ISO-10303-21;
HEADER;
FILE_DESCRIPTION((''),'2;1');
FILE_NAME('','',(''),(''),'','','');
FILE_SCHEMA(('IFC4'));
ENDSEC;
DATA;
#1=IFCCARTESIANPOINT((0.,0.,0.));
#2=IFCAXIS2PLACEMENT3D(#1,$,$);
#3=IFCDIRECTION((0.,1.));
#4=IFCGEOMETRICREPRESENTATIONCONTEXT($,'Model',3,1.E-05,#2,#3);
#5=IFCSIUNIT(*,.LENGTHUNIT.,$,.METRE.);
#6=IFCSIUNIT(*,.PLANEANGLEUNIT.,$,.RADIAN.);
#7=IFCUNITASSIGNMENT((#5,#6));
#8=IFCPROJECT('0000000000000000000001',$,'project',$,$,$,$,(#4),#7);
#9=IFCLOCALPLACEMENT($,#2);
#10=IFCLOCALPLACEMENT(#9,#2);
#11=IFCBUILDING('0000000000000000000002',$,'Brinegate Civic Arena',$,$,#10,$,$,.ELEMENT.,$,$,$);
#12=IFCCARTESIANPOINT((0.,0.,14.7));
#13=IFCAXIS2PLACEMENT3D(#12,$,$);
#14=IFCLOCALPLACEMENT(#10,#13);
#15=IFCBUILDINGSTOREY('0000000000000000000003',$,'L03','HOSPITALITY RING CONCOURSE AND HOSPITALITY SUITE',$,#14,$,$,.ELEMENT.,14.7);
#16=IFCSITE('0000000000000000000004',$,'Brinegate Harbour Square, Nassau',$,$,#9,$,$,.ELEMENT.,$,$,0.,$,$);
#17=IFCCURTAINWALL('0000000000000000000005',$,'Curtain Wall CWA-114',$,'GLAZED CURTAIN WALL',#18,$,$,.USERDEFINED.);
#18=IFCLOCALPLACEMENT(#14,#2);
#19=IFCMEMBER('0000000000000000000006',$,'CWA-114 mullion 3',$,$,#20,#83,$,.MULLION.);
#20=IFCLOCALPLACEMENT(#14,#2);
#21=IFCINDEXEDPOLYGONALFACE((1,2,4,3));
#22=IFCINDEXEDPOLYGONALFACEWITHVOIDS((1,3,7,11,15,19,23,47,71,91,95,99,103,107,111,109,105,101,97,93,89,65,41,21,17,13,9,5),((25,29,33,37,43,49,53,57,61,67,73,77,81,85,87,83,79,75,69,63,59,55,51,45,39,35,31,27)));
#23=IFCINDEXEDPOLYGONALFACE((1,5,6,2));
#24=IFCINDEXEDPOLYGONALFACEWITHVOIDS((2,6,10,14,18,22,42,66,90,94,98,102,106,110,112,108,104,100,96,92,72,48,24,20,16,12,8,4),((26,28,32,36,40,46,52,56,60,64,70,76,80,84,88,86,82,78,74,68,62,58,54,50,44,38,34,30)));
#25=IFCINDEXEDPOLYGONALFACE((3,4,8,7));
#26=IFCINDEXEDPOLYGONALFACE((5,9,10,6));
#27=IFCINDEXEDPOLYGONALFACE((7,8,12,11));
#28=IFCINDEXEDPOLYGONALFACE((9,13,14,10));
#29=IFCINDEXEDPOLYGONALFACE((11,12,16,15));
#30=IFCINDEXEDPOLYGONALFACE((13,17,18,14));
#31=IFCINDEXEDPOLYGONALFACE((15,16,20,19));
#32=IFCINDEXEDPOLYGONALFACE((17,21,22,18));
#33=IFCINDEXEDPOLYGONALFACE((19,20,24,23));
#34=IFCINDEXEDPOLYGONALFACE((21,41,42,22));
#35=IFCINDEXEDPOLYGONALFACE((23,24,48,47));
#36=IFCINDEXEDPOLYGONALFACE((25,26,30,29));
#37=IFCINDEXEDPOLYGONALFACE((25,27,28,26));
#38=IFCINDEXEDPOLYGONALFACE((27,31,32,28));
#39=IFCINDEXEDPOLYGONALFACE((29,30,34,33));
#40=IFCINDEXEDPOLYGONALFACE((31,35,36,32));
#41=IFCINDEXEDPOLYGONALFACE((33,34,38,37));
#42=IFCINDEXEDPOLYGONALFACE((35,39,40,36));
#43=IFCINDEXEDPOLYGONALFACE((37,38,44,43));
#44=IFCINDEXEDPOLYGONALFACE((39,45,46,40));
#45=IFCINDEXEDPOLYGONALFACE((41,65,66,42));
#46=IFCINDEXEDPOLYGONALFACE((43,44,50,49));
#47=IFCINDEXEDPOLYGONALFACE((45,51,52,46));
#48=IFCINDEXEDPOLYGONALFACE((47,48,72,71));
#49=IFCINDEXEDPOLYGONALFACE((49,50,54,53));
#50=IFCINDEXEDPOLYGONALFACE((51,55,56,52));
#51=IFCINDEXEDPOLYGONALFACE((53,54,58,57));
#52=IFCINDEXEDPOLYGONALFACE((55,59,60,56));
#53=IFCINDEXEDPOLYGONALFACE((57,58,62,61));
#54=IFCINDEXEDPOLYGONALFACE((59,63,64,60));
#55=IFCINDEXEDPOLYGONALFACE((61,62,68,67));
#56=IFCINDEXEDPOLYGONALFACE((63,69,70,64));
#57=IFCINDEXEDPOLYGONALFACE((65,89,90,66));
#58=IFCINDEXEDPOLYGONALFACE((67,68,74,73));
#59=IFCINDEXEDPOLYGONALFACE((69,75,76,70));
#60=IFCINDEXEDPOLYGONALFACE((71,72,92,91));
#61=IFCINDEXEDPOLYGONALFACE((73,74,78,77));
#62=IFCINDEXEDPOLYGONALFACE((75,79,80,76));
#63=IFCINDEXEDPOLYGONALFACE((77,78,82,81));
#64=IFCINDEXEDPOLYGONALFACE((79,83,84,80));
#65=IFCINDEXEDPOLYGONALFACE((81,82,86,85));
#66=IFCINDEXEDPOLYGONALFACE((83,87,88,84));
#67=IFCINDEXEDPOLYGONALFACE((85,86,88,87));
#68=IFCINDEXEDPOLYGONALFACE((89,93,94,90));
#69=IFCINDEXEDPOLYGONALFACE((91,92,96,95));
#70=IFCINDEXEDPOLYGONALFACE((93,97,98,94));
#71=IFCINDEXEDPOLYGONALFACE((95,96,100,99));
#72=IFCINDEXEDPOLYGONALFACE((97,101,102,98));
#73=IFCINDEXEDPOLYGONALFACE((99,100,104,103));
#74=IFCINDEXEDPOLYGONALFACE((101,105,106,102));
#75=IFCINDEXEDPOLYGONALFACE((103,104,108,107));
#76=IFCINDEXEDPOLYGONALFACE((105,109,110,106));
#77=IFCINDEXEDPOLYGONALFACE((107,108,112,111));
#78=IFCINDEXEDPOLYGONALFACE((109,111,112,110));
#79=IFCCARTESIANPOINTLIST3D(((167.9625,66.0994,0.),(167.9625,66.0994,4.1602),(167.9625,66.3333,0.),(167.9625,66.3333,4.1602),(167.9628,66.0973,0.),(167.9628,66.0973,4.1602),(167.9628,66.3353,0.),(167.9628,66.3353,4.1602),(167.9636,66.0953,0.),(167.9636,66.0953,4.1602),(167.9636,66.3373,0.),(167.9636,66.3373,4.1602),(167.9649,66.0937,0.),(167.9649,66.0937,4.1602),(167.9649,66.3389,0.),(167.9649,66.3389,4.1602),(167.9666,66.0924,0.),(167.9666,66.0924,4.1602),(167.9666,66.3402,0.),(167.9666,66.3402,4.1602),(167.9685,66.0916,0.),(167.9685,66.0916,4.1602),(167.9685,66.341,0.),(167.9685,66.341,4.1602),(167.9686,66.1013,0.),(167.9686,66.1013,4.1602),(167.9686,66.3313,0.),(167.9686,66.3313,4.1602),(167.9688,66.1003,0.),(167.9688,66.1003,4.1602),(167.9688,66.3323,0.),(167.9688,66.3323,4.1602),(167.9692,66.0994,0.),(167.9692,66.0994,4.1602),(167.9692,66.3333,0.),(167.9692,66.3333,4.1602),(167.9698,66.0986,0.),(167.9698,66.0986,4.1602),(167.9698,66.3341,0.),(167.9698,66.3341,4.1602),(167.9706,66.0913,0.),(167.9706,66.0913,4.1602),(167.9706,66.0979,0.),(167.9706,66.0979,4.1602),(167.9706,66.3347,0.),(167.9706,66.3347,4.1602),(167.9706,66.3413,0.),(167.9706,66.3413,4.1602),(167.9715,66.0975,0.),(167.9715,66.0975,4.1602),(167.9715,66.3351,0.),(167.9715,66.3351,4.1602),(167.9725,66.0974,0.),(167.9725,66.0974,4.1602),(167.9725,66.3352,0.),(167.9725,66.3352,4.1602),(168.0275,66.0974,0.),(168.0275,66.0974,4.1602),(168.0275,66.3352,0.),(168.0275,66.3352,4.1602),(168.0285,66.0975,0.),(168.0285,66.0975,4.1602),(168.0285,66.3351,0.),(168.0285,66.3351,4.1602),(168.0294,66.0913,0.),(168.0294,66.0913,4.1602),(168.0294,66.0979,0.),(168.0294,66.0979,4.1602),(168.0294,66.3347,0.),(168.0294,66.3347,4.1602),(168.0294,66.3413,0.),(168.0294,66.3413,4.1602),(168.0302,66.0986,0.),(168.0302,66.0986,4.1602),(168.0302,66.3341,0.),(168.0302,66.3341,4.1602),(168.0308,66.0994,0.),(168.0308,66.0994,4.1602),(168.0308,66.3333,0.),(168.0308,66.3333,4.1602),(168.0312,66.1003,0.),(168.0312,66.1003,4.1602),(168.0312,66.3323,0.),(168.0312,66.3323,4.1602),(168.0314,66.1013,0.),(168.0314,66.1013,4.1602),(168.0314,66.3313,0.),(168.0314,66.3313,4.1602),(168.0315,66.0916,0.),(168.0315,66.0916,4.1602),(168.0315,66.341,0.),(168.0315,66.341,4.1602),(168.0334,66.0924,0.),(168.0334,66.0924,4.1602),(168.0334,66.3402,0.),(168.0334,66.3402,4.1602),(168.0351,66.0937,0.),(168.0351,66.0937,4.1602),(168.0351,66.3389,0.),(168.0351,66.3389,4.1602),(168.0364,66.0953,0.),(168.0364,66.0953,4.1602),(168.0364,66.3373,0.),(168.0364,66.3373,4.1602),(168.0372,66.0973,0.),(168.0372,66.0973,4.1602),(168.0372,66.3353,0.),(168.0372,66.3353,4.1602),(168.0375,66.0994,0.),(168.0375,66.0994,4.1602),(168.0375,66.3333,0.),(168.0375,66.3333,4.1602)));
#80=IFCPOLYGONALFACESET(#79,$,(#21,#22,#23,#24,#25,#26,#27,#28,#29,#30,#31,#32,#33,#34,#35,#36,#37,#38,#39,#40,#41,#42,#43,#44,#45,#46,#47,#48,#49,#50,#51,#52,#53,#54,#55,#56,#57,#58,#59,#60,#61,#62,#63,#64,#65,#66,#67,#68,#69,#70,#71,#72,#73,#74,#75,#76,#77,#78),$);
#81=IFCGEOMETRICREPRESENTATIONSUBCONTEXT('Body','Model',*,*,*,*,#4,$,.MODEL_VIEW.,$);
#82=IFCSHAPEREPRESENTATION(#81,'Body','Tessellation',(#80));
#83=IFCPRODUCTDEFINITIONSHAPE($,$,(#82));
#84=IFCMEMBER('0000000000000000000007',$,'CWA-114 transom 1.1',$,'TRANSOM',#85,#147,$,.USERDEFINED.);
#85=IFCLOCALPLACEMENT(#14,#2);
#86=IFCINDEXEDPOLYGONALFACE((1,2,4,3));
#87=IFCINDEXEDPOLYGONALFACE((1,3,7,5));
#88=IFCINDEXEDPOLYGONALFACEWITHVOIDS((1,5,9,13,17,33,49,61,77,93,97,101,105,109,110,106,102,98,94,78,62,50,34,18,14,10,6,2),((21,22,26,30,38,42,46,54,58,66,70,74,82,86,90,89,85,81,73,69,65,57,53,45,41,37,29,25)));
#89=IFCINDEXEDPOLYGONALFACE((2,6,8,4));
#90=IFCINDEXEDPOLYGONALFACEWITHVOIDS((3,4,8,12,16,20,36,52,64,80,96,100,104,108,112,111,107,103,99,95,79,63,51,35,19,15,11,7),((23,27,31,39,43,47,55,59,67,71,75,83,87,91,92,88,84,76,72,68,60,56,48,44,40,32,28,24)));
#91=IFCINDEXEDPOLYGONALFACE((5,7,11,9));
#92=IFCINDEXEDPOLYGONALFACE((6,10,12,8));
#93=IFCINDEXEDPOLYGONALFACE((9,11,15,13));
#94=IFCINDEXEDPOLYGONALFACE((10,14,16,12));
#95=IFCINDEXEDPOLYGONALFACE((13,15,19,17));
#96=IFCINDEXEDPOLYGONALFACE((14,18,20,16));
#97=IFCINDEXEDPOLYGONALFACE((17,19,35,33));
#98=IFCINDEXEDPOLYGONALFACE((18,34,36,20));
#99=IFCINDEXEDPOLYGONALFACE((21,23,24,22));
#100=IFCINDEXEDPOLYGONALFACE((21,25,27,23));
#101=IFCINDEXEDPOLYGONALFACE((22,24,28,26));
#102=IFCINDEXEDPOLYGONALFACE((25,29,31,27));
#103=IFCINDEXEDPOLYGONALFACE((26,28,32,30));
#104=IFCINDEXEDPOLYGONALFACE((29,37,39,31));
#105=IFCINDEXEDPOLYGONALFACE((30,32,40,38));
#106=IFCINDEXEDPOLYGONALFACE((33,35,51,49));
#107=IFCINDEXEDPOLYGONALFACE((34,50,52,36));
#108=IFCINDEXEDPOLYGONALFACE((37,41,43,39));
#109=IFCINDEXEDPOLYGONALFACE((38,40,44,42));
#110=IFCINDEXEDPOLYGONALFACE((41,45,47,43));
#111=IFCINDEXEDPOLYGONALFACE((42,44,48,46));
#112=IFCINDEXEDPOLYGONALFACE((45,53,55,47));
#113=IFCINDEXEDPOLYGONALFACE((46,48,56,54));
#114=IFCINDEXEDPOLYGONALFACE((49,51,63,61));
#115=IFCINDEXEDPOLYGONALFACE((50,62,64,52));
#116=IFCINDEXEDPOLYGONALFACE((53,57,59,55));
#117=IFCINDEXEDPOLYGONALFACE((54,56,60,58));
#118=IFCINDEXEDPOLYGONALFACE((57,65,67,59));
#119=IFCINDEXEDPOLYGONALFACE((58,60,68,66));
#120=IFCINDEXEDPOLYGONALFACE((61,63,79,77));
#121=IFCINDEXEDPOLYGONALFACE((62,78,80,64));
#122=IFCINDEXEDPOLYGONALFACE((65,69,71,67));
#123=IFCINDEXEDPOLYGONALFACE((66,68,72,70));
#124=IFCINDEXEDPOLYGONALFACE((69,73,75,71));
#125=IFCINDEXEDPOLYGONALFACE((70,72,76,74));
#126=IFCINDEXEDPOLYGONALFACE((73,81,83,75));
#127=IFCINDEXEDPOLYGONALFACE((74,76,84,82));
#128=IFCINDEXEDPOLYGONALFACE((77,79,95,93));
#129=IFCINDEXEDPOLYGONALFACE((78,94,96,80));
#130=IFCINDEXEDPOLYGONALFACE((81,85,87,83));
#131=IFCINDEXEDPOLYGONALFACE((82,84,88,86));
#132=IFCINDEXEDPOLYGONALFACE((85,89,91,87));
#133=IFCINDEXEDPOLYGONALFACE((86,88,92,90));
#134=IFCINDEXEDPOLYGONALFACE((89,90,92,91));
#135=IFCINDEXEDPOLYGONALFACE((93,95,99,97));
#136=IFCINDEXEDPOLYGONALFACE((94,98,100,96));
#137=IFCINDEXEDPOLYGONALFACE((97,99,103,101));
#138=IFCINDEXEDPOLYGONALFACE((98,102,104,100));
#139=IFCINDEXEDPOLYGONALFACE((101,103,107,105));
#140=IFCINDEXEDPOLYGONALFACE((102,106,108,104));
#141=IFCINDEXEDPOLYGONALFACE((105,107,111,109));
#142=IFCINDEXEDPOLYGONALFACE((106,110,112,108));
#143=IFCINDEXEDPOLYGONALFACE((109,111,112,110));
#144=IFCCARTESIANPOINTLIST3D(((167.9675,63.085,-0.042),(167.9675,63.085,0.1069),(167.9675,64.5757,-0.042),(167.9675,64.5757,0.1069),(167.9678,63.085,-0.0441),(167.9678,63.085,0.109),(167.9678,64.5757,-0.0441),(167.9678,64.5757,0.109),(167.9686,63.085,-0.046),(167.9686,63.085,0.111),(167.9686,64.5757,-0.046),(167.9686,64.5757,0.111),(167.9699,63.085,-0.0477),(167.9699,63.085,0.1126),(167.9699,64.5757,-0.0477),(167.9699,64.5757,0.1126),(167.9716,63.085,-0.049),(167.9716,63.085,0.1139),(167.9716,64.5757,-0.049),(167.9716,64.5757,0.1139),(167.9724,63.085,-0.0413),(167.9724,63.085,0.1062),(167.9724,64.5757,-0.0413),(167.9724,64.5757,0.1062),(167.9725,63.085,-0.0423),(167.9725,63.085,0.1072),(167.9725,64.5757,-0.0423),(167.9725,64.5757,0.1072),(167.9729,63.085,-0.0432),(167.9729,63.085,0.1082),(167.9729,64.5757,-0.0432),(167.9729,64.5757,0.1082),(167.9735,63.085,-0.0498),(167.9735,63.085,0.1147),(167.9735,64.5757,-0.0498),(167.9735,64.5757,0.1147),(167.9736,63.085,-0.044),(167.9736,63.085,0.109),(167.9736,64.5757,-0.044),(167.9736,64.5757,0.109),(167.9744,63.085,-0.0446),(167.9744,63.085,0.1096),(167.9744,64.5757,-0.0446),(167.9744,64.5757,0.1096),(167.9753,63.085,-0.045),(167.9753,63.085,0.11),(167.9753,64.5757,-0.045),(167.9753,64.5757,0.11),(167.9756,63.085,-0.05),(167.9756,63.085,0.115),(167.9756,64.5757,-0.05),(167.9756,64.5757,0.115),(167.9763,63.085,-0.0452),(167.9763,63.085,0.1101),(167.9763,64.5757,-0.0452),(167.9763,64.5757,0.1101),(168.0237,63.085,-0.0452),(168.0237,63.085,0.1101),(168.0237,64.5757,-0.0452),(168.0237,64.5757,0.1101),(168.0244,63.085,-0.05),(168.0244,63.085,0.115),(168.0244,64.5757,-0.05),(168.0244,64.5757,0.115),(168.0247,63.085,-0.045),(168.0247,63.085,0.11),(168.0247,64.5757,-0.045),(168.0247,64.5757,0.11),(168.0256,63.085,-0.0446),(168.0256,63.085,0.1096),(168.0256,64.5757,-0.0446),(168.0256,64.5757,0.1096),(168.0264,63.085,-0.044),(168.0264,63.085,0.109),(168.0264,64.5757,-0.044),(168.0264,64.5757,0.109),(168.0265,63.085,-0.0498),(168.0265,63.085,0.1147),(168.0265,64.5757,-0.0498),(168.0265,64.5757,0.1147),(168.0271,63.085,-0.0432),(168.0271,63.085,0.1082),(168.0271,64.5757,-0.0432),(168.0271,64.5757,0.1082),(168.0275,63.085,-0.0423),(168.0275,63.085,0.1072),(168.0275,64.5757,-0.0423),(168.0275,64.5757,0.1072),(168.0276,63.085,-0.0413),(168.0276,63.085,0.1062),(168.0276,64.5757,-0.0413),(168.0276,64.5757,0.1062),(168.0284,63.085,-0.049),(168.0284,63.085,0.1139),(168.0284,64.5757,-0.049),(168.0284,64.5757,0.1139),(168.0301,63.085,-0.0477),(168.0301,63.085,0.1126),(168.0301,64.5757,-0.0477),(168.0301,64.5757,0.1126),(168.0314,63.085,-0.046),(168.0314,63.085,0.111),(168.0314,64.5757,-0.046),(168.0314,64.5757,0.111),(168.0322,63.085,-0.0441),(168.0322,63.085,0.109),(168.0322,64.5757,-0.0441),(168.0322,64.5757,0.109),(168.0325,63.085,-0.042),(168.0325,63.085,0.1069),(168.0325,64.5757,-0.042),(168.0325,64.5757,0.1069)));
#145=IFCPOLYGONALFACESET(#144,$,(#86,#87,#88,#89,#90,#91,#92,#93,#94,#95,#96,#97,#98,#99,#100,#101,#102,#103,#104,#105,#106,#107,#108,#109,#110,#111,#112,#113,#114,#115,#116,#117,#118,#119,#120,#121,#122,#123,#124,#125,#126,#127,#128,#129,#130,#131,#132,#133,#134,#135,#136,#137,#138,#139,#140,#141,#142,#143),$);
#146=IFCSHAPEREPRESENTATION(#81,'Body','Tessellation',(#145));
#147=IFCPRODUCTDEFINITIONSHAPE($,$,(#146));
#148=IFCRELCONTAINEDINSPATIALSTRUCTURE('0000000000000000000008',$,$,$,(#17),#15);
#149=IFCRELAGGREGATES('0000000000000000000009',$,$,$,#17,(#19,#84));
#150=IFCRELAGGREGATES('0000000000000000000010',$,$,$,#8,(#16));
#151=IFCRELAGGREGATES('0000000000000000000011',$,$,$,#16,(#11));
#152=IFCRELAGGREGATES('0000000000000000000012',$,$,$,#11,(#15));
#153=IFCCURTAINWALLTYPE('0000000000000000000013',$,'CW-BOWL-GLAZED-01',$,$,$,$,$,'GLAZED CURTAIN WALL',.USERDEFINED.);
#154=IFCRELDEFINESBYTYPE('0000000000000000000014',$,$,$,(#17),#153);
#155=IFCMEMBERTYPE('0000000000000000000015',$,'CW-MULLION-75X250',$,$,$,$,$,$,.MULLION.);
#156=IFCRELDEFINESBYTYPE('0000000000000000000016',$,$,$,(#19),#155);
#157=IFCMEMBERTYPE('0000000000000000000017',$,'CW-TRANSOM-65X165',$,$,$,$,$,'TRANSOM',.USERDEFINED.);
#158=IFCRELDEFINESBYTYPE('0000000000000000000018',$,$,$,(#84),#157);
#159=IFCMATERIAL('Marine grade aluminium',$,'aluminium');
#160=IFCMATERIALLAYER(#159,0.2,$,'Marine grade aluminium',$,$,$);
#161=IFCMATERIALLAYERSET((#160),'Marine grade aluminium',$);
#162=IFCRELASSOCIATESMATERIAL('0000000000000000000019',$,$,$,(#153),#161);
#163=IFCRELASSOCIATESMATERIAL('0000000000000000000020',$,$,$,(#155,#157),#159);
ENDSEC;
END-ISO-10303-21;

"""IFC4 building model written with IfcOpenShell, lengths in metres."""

from ifc_helpers import new_model, si_unit, direction, frame, origin, origin_2d, place, context, subcontext, project, spatial, hollow_rectangle, extrude, material, layer, layer_set, material_profile, profile_set, type_object, element, aggregate, save


model = new_model("IFC4")

# Units and contexts
model_context = context("Model", 3, precision=1e-05, world=origin(), true_north=direction((0.0, 1.0)))
body_context = subcontext(model_context, "Body", "Model", "MODEL_VIEW")
ifc_project = project(units=[si_unit("LENGTHUNIT", "METRE"), si_unit("PLANEANGLEUNIT", "RADIAN")], contexts=[model_context])

# Site, building, storey
site_placement = place(None, origin())
site = spatial("IfcSite", under=ifc_project, at=site_placement, Name="Brinegate Harbour Square, Nassau", CompositionType="ELEMENT", RefElevation=0.0)
building_placement = place(site_placement, origin())
building = spatial("IfcBuilding", under=site, at=building_placement, Name="Brinegate Civic Arena", CompositionType="ELEMENT")
storey_placement = place(building_placement, frame((0.0, 0.0, 14.7)))
storey = spatial("IfcBuildingStorey", under=building, at=storey_placement, Name="L03", Description="HOSPITALITY RING CONCOURSE AND HOSPITALITY SUITE", CompositionType="ELEMENT", Elevation=14.7)

# Curtain wall, members
ifc_material_1 = material(Name="Marine grade aluminium", Category="aluminium")
ifc_layer_1 = layer(ifc_material_1, 0.2, Name="Marine grade aluminium")
ifc_layer_set_1 = layer_set([ifc_layer_1], Name="Marine grade aluminium")
curtain_wall_type = type_object("IfcCurtainWallType", Name="CW-BOWL-GLAZED-01", ElementType="GLAZED CURTAIN WALL", PredefinedType="USERDEFINED", material=ifc_layer_set_1)
curtain_wall_placement = place(storey_placement, origin())
curtain_wall = element("IfcCurtainWall", 1, at=curtain_wall_placement, inside=storey, type_object=curtain_wall_type, Name="Curtain Wall CWA-114", ObjectType="GLAZED CURTAIN WALL", PredefinedType="USERDEFINED")
ifc_material_profile_1 = material_profile(ifc_material_1, hollow_rectangle(XDim=0.075, YDim=0.25, WallThickness=0.0061, InnerFilletRadius=0.0039, OuterFilletRadius=0.0081, at=origin_2d()), Name="MUL75X250")
ifc_profile_set_1 = profile_set([ifc_material_profile_1], Name="Marine grade aluminium")
member_type_1 = type_object("IfcMemberType", Name="CW-MULLION-75X250", PredefinedType="MULLION", material=ifc_profile_set_1)
member_1_placement = place(storey_placement, frame((168.0, 66.2163, 0.0), z_axis=(0.0, 0.0, 1.0), x_axis=(-1.0, 0.0, 0.0)))
member_1 = element("IfcMember", 2, at=member_1_placement, type_object=member_type_1, Name="CWA-114 mullion 3", PredefinedType="MULLION", context=body_context, shape_type="SweptSolid", body=[
    extrude(hollow_rectangle(XDim=0.075, YDim=0.25, WallThickness=0.0061, InnerFilletRadius=0.0039, OuterFilletRadius=0.0081, at=origin_2d()), origin(), (0.0, 0.0, 1.0), 4.1602),
])
ifc_material_profile_2 = material_profile(ifc_material_1, hollow_rectangle(XDim=0.0649, YDim=0.165, WallThickness=0.0049, InnerFilletRadius=0.0039, OuterFilletRadius=0.0081, at=origin_2d()), Name="TRN65X165")
ifc_profile_set_2 = profile_set([ifc_material_profile_2], Name="Marine grade aluminium")
member_type_2 = type_object("IfcMemberType", Name="CW-TRANSOM-65X165", ElementType="TRANSOM", PredefinedType="USERDEFINED", material=ifc_profile_set_2)
member_2_placement = place(storey_placement, frame((168.0, 63.085, 0.0325), z_axis=(0.0, 1.0, 0.0), x_axis=(-1.0, 0.0, 0.0)))
member_2 = element("IfcMember", 3, at=member_2_placement, type_object=member_type_2, Name="CWA-114 transom 1.1", ObjectType="TRANSOM", PredefinedType="USERDEFINED", context=body_context, shape_type="SweptSolid", body=[
    extrude(hollow_rectangle(XDim=0.0649, YDim=0.165, WallThickness=0.0049, InnerFilletRadius=0.0039, OuterFilletRadius=0.0081, at=origin_2d()), origin(), (0.0, 0.0, 1.0), 1.4907),
])

aggregate(curtain_wall, [member_1, member_2])

save(model, "model.ifc")
